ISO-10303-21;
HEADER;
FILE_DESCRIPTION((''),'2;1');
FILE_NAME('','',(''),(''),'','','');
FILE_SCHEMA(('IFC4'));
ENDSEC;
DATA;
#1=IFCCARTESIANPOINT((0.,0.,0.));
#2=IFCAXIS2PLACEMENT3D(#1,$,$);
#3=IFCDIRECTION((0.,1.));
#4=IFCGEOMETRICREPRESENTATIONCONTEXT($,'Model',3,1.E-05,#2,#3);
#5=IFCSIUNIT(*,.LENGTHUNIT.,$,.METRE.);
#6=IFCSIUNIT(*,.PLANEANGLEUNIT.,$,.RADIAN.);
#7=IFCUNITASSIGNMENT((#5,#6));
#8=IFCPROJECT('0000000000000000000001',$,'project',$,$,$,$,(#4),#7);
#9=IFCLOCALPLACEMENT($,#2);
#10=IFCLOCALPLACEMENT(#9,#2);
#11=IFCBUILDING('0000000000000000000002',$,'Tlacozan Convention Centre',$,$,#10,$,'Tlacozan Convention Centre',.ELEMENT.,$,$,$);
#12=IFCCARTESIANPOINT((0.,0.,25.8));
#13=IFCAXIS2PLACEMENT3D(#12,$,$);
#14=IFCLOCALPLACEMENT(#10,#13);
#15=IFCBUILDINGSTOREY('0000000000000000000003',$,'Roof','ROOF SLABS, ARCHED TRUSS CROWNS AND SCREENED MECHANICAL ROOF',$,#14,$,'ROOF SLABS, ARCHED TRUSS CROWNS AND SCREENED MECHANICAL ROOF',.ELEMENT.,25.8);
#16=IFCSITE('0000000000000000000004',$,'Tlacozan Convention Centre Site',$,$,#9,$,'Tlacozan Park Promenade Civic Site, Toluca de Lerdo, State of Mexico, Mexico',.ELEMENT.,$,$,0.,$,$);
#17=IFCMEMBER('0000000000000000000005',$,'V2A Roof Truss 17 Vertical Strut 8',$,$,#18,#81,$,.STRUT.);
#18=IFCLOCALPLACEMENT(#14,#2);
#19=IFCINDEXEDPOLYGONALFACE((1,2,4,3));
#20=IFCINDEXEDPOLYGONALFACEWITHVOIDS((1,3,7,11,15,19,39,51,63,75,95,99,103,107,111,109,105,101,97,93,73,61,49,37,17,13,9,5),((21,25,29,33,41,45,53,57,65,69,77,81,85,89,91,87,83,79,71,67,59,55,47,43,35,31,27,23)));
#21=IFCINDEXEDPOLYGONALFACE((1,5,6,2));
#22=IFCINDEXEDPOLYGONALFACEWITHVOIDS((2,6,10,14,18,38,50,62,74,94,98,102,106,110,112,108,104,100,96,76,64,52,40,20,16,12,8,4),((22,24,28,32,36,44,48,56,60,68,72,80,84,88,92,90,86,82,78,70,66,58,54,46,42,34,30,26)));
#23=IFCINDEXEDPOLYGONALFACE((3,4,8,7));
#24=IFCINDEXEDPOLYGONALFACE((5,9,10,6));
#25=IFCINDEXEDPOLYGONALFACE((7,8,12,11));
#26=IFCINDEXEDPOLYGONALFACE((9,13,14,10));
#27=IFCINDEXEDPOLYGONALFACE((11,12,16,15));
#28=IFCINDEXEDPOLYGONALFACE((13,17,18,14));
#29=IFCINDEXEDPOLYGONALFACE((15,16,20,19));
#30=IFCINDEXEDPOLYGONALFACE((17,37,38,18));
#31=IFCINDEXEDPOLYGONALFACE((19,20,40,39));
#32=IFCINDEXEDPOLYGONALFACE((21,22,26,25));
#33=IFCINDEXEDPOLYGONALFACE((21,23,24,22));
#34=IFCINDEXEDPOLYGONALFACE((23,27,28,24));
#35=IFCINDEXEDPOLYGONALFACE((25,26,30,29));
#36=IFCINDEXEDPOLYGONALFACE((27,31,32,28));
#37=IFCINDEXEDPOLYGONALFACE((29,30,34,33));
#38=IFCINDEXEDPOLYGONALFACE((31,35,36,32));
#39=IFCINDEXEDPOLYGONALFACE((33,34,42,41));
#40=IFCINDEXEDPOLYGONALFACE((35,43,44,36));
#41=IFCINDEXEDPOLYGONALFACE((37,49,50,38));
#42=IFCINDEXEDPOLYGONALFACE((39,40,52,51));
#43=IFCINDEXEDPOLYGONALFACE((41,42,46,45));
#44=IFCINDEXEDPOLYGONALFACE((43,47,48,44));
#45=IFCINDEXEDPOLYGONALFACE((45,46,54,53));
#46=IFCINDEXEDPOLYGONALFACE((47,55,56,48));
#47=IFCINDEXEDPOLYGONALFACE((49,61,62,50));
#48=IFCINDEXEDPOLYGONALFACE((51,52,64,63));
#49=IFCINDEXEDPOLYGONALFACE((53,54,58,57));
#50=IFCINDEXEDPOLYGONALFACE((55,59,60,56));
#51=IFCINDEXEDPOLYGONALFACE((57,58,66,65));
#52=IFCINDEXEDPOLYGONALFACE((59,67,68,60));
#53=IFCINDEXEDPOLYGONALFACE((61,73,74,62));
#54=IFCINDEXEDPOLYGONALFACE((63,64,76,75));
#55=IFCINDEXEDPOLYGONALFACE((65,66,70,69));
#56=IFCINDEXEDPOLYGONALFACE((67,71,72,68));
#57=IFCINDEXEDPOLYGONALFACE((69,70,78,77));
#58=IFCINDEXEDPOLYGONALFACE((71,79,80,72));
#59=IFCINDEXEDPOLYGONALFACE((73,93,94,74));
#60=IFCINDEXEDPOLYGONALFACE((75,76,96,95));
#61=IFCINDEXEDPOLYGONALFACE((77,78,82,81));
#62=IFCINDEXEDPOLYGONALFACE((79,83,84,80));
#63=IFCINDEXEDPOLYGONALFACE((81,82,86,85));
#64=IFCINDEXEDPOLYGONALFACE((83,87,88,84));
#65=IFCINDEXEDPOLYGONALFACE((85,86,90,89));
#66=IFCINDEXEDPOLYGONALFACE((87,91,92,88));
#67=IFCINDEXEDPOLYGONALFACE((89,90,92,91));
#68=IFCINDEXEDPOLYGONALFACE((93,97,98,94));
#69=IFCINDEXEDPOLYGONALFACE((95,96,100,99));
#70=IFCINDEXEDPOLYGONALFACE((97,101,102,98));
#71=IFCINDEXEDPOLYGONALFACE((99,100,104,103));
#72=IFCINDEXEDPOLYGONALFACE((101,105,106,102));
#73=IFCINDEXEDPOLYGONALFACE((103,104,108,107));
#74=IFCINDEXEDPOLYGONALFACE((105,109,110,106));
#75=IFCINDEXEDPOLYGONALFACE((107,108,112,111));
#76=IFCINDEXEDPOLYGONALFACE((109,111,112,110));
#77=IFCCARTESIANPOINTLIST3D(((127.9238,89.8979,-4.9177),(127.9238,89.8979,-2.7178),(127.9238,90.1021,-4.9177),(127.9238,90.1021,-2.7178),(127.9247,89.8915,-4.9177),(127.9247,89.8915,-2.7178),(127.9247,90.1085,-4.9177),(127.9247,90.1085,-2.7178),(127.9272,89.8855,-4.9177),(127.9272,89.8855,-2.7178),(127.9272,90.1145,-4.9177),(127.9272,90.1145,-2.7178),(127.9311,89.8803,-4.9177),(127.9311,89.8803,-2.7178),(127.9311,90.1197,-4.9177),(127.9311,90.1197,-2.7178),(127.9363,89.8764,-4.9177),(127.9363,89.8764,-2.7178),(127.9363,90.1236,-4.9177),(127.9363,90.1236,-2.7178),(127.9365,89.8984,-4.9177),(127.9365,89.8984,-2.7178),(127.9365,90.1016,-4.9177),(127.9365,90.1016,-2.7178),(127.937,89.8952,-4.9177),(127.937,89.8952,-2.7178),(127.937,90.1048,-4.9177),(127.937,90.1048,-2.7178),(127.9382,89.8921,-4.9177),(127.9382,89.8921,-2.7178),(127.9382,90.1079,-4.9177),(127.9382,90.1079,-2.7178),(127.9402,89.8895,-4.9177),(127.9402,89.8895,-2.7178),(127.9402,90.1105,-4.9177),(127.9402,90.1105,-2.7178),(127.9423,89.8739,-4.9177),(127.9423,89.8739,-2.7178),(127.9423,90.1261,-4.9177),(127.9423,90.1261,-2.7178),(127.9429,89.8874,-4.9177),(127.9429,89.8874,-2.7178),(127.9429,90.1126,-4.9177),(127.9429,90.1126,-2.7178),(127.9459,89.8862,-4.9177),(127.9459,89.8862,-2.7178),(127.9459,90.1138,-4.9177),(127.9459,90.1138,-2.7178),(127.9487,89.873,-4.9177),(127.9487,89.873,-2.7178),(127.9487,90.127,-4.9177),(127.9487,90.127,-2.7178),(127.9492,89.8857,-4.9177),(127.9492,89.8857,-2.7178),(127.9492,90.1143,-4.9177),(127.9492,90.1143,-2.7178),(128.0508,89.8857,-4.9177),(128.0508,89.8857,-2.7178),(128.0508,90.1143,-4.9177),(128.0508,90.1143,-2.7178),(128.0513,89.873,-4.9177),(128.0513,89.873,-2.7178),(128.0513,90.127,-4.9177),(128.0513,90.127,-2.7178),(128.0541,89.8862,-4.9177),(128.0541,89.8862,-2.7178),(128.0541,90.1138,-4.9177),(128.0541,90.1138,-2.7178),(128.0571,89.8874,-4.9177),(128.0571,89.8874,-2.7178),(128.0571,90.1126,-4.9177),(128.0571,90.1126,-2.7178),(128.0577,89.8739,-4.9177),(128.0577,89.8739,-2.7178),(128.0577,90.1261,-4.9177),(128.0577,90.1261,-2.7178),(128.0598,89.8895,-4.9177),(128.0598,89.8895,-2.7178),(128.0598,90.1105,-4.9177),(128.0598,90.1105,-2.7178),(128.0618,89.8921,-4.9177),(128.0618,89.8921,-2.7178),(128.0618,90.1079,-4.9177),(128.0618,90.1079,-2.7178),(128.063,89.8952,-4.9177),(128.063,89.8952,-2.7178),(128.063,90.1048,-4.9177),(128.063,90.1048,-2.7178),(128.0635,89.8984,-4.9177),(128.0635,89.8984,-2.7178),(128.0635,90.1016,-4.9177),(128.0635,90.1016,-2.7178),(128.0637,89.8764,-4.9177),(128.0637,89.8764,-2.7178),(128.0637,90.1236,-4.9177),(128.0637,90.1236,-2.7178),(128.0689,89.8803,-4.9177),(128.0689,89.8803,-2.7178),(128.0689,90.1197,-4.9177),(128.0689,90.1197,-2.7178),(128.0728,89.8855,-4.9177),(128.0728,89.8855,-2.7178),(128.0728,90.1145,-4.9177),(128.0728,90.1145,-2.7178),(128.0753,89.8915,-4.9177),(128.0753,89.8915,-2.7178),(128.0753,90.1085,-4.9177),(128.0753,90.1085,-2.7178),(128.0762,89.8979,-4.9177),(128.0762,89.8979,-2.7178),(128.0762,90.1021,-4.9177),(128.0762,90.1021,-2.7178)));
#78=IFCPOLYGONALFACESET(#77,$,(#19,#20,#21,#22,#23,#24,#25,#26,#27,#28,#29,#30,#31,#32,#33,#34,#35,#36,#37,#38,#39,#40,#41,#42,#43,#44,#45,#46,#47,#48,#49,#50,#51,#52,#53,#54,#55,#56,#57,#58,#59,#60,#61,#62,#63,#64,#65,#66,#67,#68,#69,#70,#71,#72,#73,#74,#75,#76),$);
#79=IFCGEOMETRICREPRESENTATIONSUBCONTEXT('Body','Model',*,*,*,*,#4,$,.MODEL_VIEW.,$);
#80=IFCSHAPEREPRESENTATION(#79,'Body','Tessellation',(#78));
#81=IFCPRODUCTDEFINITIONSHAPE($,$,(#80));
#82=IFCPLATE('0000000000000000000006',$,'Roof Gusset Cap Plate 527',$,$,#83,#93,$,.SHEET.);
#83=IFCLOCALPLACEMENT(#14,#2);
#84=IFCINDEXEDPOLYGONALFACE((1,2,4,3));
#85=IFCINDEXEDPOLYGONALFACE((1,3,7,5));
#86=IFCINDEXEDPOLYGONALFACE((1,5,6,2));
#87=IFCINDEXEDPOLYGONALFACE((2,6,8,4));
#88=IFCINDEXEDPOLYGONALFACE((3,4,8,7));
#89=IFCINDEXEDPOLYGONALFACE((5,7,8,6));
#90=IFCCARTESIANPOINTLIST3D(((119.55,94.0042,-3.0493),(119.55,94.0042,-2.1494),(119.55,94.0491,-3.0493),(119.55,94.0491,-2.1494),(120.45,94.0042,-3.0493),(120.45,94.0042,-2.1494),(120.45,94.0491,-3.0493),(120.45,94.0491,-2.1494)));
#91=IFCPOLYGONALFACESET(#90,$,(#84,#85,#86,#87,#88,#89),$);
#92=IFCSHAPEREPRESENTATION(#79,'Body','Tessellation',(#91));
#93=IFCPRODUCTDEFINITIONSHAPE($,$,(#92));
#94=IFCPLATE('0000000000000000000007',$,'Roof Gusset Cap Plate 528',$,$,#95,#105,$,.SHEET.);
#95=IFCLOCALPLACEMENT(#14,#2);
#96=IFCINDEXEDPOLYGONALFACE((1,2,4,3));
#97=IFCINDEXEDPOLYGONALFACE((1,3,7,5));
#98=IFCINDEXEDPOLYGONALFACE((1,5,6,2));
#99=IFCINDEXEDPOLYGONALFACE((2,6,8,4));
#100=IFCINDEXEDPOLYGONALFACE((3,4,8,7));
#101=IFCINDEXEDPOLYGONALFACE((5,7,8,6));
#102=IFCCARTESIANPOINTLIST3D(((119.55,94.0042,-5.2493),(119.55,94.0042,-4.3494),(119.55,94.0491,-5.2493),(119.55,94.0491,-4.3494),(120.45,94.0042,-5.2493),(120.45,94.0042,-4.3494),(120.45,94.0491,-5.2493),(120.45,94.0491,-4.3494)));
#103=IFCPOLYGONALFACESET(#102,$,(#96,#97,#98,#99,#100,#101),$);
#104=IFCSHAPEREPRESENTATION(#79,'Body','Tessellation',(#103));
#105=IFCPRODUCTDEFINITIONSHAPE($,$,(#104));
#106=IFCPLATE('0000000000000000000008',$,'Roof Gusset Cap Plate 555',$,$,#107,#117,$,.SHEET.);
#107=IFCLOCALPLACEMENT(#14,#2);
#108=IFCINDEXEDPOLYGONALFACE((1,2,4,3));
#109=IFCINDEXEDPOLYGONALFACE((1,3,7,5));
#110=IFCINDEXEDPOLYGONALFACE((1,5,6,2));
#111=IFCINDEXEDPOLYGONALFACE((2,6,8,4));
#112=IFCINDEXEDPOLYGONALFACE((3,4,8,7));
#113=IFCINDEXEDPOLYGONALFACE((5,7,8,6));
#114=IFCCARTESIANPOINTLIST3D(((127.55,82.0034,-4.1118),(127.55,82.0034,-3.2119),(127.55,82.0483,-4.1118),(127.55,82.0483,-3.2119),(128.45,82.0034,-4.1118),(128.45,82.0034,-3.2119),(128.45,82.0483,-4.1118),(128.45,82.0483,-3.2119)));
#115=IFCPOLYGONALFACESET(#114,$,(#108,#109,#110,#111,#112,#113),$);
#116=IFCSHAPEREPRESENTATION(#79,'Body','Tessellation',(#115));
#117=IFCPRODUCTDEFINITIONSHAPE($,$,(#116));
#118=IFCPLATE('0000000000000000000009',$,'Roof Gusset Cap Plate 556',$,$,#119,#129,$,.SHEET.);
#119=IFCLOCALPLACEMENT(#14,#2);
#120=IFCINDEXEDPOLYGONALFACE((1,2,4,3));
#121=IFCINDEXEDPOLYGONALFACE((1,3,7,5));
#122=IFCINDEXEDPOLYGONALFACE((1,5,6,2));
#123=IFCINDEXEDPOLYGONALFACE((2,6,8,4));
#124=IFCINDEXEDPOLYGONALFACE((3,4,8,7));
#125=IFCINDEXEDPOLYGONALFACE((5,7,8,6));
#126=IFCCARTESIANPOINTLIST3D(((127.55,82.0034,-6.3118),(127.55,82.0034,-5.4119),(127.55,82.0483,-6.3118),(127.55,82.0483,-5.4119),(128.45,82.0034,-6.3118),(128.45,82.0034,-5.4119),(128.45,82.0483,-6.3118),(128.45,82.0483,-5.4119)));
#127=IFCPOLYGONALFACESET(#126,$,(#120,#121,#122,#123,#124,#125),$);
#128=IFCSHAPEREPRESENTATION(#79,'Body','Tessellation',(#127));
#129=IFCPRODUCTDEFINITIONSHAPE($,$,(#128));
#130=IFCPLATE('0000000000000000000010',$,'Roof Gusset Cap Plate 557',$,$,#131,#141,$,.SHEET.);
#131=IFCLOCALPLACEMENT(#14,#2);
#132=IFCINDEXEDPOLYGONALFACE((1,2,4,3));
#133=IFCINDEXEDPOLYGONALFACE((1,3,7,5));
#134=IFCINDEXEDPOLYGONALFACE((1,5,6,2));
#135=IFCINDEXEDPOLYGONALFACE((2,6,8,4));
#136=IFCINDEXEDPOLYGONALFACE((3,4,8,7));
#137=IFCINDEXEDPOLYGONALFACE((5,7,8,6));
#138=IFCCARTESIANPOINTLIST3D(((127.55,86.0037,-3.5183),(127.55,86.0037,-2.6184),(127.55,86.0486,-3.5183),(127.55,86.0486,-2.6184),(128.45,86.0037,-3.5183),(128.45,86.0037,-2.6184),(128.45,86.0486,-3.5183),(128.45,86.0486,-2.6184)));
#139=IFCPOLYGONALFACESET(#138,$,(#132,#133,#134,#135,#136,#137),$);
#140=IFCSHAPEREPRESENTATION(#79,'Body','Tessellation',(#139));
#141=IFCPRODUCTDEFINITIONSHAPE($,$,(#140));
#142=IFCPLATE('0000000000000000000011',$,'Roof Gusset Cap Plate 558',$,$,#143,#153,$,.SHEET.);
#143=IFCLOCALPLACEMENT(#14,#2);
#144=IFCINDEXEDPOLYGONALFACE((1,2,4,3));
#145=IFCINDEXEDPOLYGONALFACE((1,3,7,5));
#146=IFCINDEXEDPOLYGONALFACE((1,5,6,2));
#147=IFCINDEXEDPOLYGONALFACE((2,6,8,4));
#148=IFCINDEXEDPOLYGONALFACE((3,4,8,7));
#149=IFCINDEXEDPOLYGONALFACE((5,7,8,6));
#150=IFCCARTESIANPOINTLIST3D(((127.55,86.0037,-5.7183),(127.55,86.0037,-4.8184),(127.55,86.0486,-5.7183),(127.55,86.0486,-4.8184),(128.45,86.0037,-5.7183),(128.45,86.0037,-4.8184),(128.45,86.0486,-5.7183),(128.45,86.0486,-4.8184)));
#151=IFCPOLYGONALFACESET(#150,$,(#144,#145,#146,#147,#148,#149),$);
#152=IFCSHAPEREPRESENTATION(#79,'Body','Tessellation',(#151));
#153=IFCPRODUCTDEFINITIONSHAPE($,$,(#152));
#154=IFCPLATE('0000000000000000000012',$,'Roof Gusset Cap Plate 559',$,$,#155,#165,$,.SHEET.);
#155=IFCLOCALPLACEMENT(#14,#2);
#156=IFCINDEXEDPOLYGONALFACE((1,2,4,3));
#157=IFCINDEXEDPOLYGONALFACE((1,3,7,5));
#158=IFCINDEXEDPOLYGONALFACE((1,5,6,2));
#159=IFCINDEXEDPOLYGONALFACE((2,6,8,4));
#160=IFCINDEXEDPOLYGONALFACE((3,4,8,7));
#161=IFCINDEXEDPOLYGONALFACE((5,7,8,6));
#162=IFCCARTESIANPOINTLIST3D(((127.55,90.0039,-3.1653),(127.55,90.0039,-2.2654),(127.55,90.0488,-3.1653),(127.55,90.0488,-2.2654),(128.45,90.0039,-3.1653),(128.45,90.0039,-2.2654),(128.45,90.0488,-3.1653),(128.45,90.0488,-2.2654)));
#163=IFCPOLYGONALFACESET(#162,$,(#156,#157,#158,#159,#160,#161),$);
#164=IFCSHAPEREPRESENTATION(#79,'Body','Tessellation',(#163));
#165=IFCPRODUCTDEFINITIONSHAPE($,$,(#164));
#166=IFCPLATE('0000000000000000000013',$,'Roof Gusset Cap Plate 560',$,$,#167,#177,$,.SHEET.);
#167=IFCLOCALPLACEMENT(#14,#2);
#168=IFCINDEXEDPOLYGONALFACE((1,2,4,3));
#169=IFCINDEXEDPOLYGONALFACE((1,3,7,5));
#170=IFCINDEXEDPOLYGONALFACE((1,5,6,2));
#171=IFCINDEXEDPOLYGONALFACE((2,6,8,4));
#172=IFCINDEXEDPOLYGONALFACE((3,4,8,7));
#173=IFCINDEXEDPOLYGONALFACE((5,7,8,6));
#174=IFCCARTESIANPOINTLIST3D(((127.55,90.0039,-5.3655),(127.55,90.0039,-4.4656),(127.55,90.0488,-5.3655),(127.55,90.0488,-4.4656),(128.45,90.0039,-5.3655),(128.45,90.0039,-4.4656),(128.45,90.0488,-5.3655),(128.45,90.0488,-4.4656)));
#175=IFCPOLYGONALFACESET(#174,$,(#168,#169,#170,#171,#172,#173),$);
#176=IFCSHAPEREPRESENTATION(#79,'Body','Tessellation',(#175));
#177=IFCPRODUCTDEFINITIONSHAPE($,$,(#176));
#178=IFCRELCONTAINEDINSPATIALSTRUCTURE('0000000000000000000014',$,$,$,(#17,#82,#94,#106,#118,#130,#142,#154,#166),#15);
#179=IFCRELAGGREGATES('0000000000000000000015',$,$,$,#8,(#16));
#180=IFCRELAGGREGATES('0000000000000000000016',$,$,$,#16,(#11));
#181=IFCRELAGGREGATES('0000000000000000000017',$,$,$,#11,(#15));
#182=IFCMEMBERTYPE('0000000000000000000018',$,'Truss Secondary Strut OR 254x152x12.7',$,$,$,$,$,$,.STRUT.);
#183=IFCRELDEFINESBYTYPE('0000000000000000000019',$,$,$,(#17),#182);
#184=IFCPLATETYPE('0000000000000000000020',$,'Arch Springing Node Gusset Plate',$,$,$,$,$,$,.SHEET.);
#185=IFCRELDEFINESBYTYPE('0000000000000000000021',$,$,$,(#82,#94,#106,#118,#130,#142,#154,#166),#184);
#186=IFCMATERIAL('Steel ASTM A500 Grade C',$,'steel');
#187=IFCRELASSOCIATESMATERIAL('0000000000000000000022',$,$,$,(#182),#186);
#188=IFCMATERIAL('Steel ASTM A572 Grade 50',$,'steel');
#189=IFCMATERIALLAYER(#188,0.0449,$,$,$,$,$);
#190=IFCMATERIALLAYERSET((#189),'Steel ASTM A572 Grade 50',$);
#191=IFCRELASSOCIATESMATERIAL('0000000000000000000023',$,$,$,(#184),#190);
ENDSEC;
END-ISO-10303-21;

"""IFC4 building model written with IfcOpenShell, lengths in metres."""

from ifc_helpers import new_model, si_unit, direction, frame, origin, origin_2d, place, context, subcontext, project, spatial, rectangle, hollow_rectangle, extrude, material, layer, layer_set, material_profile, profile_set, type_object, element, save


model = new_model("IFC4")

# Units and contexts
model_context = context("Model", 3, precision=1e-05, world=origin(), true_north=direction((0.0, 1.0)))
body_context = subcontext(model_context, "Body", "Model", "MODEL_VIEW")
ifc_project = project(units=[si_unit("LENGTHUNIT", "METRE"), si_unit("PLANEANGLEUNIT", "RADIAN")], contexts=[model_context])

# Site, building, storey
site_placement = place(None, origin())
site = spatial("IfcSite", under=ifc_project, at=site_placement, Name="Tlacozan Convention Centre Site", LongName="Tlacozan Park Promenade Civic Site, Toluca de Lerdo, State of Mexico, Mexico", CompositionType="ELEMENT", RefElevation=0.0)
building_placement = place(site_placement, origin())
building = spatial("IfcBuilding", under=site, at=building_placement, Name="Tlacozan Convention Centre", LongName="Tlacozan Convention Centre", CompositionType="ELEMENT")
storey_placement = place(building_placement, frame((0.0, 0.0, 25.8)))
storey = spatial("IfcBuildingStorey", under=building, at=storey_placement, Name="Roof", Description="ROOF SLABS, ARCHED TRUSS CROWNS AND SCREENED MECHANICAL ROOF", LongName="ROOF SLABS, ARCHED TRUSS CROWNS AND SCREENED MECHANICAL ROOF", CompositionType="ELEMENT", Elevation=25.8)

# Member
ifc_material_1 = material(Name="Steel ASTM A500 Grade C", Category="steel")
ifc_material_profile_1 = material_profile(ifc_material_1, hollow_rectangle(XDim=0.1523, YDim=0.2539, WallThickness=0.0127, InnerFilletRadius=0.0127, OuterFilletRadius=0.0249, at=origin_2d()), Name="OR 254x152x12.7")
ifc_profile_set_1 = profile_set([ifc_material_profile_1], Name="Steel ASTM A500 Grade C")
member_type_1 = type_object("IfcMemberType", Name="Truss Secondary Strut OR 254x152x12.7", PredefinedType="STRUT", material=ifc_profile_set_1)
member_1_placement = place(storey_placement, frame((128.0, 90.0, -4.9177), z_axis=(0.0, 0.0, 1.0), x_axis=(1.0, 0.0, 0.0)))
element("IfcMember", 1, at=member_1_placement, inside=storey, type_object=member_type_1, Name="V2A Roof Truss 17 Vertical Strut 8", PredefinedType="STRUT", context=body_context, shape_type="SweptSolid", body=[
    extrude(hollow_rectangle(XDim=0.1523, YDim=0.2539, WallThickness=0.0127, InnerFilletRadius=0.0127, OuterFilletRadius=0.0249, at=origin_2d()), origin(), (0.0, 0.0, 1.0), 2.2),
])

# Plates
ifc_material_2 = material(Name="Steel ASTM A572 Grade 50", Category="steel")
ifc_layer = layer(ifc_material_2, 0.0449)
ifc_layer_set = layer_set([ifc_layer], Name="Steel ASTM A572 Grade 50")
plate_type = type_object("IfcPlateType", Name="Arch Springing Node Gusset Plate", PredefinedType="SHEET", material=ifc_layer_set)
for number, where, z_axis, x_axis, name in (
    (2, (120.0, 94.0266, -3.0493), (0.0, 0.0, 1.0), (0.0, 1.0, 0.0), "Roof Gusset Cap Plate 527"),
    (3, (120.0, 94.0266, -5.2493), (0.0, 0.0, 1.0), (0.0, 1.0, 0.0), "Roof Gusset Cap Plate 528"),
    (4, (128.0, 82.0259, -4.1118), (0.0, 0.0, 1.0), (0.0, 1.0, 0.0), "Roof Gusset Cap Plate 555"),
    (5, (128.0, 82.0259, -6.3118), (0.0, 0.0, 1.0), (0.0, 1.0, 0.0), "Roof Gusset Cap Plate 556"),
    (6, (128.0, 86.0261, -3.5183), (0.0, 0.0, 1.0), (0.0, 1.0, 0.0), "Roof Gusset Cap Plate 557"),
    (7, (128.0, 86.0261, -5.7183), (0.0, 0.0, 1.0), (0.0, 1.0, 0.0), "Roof Gusset Cap Plate 558"),
    (8, (128.0, 90.0264, -3.1653), (0.0, 0.0, 1.0), (0.0, 1.0, 0.0), "Roof Gusset Cap Plate 559"),
    (9, (128.0, 90.0264, -5.3655), (0.0, 0.0, 1.0), (0.0, 1.0, 0.0), "Roof Gusset Cap Plate 560"),
):
    element("IfcPlate", number, at=place(storey_placement, frame(where, z_axis=z_axis, x_axis=x_axis)), inside=storey, type_object=plate_type, Name=name, PredefinedType="SHEET", context=body_context, shape_type="SweptSolid", body=[
        extrude(rectangle(XDim=0.0449, YDim=0.8999, at=origin_2d()), origin(), (0.0, 0.0, 1.0), 0.8999),
    ])

save(model, "model.ifc")
